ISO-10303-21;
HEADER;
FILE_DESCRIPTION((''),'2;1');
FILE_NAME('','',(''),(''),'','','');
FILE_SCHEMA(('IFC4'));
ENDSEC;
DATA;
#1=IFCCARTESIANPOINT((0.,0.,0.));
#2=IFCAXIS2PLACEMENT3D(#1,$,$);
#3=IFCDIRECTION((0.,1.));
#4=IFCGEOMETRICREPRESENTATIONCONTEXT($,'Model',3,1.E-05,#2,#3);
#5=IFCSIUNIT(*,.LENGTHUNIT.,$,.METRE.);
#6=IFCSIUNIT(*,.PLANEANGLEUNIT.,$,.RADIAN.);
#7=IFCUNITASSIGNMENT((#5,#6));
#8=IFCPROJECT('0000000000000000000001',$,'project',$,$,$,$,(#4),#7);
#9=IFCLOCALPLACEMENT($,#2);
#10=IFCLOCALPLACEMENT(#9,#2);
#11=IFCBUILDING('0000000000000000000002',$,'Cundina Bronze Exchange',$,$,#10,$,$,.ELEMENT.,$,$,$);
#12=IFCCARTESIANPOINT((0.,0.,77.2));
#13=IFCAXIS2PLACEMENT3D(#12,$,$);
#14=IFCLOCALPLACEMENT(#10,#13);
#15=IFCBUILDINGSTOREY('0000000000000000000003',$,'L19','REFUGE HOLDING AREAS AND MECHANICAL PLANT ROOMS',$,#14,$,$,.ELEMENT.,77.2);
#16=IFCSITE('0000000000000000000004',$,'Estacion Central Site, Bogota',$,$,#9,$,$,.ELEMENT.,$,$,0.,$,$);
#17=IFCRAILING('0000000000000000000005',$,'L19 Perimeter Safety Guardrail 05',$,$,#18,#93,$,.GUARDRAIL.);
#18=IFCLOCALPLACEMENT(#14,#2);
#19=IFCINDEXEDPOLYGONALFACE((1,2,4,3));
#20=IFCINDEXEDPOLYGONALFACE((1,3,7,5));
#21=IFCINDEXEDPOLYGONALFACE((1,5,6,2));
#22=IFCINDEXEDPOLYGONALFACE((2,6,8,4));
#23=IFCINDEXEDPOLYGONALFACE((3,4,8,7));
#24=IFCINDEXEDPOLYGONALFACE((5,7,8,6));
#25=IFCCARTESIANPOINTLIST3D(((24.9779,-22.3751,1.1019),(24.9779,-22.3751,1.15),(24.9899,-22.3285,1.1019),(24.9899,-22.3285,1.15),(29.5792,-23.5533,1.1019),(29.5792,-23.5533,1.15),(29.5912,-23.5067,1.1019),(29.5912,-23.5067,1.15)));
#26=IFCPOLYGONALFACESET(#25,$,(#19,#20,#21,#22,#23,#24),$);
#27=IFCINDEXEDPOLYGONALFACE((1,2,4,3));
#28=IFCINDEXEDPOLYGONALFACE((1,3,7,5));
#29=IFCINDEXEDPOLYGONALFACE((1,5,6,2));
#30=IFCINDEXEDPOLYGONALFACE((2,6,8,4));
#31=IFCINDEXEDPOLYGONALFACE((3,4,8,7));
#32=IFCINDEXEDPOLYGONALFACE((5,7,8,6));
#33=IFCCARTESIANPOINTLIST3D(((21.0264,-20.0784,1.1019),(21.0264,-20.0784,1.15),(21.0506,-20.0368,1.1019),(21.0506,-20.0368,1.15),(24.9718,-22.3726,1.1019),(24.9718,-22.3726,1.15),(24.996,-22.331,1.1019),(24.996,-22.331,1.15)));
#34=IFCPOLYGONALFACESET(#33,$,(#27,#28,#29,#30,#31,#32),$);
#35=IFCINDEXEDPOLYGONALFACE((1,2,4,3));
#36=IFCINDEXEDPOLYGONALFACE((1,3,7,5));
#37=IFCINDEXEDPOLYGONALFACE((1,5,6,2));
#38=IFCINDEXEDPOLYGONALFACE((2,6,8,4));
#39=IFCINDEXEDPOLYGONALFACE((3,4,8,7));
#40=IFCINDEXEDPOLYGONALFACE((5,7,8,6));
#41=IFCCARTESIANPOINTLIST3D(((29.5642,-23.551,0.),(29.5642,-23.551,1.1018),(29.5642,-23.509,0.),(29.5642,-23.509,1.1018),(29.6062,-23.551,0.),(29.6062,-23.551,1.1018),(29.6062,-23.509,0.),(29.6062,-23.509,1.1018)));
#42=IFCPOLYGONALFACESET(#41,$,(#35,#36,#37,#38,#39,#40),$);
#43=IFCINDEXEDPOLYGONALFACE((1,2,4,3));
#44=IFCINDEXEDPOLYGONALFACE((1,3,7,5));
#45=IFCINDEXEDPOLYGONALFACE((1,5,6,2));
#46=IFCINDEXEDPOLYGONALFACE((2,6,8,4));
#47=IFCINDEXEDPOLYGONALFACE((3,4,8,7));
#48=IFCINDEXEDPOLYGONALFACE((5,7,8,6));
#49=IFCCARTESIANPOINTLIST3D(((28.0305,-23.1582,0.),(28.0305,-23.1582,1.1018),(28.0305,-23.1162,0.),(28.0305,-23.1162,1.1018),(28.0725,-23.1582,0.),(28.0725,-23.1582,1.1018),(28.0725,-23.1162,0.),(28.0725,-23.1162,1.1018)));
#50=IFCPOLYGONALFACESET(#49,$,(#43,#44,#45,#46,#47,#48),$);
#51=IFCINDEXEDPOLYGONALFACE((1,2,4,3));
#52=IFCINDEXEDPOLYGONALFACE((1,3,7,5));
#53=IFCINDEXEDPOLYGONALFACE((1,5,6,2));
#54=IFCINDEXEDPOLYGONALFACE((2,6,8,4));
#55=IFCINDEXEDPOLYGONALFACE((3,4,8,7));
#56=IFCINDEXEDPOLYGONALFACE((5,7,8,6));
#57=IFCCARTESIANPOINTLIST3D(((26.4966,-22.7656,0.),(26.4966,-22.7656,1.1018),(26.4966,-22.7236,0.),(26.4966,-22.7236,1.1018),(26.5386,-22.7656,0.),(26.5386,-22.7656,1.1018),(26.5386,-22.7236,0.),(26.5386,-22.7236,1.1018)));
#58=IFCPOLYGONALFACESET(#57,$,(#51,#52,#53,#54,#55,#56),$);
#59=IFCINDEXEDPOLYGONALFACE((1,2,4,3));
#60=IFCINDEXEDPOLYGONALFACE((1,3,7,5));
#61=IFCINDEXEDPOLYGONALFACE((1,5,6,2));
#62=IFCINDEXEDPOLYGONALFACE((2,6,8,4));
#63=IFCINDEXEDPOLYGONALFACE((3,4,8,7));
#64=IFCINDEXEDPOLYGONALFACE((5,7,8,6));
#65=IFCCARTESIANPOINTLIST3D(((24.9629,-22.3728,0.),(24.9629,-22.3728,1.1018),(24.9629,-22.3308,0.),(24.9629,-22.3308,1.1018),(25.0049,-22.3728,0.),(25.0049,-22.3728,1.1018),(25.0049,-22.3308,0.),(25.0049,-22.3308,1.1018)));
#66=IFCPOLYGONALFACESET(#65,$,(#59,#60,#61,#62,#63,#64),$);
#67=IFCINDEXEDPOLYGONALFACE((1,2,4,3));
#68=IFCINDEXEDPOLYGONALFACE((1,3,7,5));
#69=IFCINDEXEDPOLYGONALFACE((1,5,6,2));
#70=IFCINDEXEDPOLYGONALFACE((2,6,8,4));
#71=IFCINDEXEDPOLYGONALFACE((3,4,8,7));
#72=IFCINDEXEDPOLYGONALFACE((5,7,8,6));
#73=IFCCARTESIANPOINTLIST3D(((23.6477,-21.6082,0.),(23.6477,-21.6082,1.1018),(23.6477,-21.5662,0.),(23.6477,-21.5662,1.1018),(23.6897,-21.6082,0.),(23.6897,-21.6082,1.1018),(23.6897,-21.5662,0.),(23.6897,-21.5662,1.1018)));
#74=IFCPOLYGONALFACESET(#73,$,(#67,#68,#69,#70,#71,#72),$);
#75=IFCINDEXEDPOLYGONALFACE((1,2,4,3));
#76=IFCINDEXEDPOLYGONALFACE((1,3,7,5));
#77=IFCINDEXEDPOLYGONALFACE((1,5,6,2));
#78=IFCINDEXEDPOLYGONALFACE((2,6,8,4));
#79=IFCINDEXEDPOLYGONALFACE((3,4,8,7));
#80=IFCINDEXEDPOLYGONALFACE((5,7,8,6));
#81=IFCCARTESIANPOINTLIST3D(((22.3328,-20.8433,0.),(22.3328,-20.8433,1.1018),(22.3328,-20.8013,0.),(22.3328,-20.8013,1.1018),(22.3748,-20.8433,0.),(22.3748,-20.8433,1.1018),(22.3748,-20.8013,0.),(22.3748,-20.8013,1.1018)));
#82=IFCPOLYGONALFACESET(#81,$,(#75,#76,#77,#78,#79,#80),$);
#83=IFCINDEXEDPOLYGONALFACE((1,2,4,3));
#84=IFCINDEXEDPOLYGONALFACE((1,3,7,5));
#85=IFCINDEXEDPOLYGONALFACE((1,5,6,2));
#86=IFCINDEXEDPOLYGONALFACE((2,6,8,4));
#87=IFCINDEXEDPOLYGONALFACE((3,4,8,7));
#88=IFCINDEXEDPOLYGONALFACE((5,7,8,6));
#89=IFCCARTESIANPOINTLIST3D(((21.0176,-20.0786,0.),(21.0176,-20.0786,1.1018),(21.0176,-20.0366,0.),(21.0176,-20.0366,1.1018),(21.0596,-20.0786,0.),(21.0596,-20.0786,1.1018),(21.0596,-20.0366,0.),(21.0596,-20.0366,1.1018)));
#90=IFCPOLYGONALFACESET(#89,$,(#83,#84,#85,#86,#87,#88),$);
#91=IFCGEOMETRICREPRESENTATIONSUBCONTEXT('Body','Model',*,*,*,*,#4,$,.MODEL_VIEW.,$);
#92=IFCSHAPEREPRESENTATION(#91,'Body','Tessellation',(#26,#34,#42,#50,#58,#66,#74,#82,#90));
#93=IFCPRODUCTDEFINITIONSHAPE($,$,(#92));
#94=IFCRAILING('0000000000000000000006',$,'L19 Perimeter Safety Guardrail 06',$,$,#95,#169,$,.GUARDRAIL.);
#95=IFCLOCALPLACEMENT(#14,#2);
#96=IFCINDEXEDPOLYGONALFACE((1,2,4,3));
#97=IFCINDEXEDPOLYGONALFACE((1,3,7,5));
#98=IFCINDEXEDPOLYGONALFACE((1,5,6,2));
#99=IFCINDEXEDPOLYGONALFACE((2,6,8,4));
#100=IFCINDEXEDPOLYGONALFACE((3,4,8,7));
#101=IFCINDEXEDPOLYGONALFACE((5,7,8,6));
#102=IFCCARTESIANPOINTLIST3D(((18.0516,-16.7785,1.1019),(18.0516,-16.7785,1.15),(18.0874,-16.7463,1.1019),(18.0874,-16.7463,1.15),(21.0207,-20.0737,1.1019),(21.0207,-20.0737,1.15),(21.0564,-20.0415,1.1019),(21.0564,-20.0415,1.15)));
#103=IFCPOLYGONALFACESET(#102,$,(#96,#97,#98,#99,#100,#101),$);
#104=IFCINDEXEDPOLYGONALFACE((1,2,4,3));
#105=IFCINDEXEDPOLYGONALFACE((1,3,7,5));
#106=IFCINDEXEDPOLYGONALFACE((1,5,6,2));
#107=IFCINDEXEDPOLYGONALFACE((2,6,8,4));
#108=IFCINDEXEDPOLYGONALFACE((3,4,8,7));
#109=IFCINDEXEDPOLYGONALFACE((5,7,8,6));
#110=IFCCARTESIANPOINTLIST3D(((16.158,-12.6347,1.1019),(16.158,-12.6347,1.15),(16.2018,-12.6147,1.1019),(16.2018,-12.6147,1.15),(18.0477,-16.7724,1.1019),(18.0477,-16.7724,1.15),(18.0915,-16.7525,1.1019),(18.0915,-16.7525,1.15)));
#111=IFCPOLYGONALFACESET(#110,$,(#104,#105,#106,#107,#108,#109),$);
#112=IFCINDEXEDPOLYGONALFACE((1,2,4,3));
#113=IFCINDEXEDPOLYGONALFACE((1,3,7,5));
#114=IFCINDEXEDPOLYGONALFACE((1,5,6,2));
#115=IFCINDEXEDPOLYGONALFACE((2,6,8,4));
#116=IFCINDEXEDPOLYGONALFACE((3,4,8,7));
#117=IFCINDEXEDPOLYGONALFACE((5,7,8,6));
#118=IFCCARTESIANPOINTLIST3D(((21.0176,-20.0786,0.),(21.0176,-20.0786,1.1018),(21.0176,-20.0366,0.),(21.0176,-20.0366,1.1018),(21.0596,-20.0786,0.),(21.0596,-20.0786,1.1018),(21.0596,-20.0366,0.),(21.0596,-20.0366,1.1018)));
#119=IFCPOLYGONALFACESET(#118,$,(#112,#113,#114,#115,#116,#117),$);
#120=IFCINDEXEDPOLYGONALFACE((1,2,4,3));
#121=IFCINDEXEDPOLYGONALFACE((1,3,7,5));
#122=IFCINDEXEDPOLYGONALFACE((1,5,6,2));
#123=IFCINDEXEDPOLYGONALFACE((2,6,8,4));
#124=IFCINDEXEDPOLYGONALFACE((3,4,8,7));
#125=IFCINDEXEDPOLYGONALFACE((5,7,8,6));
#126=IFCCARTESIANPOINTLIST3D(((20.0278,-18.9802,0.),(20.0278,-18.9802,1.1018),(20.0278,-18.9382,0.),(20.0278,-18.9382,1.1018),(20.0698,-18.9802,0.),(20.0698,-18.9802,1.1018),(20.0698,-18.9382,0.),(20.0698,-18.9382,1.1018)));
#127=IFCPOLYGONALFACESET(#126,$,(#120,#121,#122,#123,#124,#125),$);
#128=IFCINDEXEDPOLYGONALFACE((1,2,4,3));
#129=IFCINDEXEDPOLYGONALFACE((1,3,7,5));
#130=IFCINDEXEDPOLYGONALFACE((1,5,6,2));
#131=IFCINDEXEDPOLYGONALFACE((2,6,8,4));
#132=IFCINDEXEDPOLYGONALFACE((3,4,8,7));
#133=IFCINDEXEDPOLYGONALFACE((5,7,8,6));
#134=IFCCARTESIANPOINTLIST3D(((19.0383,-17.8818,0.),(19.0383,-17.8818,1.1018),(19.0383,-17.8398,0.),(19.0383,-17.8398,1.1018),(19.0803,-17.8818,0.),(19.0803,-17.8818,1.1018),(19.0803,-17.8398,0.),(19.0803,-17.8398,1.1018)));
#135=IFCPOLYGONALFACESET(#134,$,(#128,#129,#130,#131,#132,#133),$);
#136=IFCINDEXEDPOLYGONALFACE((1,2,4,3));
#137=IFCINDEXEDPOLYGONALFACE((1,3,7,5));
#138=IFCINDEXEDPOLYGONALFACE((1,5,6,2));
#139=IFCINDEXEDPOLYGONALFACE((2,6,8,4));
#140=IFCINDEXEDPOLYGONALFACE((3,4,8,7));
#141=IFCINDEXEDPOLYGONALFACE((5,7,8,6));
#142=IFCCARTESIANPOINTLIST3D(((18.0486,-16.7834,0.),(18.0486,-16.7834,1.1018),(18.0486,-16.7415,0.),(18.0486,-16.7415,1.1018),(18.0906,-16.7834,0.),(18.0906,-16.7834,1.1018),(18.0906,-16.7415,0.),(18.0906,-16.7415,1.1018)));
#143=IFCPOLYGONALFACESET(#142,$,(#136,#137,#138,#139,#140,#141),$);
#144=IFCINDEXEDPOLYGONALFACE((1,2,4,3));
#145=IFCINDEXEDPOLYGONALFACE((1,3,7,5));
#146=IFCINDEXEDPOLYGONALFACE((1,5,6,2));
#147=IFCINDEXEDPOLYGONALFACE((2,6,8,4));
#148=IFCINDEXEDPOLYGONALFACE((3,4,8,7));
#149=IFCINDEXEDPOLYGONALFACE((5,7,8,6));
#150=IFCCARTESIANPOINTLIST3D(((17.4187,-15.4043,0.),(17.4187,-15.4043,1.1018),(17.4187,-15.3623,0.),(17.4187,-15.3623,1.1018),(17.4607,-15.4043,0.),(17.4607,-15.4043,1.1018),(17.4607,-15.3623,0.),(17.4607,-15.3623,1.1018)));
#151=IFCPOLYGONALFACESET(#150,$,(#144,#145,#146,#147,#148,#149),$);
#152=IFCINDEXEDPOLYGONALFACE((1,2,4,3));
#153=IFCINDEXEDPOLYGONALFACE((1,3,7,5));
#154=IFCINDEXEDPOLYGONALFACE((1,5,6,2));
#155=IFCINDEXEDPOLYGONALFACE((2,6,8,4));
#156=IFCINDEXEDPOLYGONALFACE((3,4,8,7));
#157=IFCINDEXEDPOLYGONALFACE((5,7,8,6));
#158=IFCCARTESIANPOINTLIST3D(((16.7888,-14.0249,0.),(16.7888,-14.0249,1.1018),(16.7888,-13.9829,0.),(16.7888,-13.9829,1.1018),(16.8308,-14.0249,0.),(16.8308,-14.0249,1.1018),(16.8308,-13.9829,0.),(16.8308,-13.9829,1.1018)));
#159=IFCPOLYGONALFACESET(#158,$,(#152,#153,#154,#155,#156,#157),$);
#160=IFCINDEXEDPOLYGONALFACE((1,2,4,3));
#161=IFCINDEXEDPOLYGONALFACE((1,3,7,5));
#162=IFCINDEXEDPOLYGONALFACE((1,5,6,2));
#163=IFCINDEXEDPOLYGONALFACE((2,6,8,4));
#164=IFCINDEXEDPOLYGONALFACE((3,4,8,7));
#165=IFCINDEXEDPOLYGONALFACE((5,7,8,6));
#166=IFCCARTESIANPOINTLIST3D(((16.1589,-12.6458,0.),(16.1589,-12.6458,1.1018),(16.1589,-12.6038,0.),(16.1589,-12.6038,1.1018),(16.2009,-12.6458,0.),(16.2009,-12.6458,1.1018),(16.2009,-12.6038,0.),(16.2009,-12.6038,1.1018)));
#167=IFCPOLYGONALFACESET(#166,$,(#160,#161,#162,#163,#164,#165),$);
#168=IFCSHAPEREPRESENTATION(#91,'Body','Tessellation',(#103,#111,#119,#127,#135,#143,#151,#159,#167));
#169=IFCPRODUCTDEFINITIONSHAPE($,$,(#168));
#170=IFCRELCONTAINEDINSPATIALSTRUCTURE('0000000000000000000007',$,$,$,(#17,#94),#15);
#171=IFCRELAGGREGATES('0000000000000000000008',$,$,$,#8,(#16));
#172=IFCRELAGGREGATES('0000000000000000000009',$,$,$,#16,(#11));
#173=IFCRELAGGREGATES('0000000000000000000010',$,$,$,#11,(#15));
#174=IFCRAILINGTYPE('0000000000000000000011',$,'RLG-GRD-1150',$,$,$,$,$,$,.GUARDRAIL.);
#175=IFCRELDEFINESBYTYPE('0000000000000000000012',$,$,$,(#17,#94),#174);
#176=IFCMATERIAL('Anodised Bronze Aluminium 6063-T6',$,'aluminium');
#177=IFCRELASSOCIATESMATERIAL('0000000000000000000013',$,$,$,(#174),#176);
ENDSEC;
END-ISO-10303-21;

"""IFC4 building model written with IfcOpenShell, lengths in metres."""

from ifc_helpers import new_model, si_unit, direction, frame, origin, origin_2d, place, context, subcontext, project, spatial, rectangle, extrude, material, type_object, element, save


model = new_model("IFC4")

# Units and contexts
model_context = context("Model", 3, precision=1e-05, world=origin(), true_north=direction((0.0, 1.0)))
body_context = subcontext(model_context, "Body", "Model", "MODEL_VIEW")
ifc_project = project(units=[si_unit("LENGTHUNIT", "METRE"), si_unit("PLANEANGLEUNIT", "RADIAN")], contexts=[model_context])

# Site, building, storey
site_placement = place(None, origin())
site = spatial("IfcSite", under=ifc_project, at=site_placement, Name="Estacion Central Site, Bogota", CompositionType="ELEMENT", RefElevation=0.0)
building_placement = place(site_placement, origin())
building = spatial("IfcBuilding", under=site, at=building_placement, Name="Cundina Bronze Exchange", CompositionType="ELEMENT")
storey_placement = place(building_placement, frame((0.0, 0.0, 77.2)))
storey = spatial("IfcBuildingStorey", under=building, at=storey_placement, Name="L19", Description="REFUGE HOLDING AREAS AND MECHANICAL PLANT ROOMS", CompositionType="ELEMENT", Elevation=77.2)

# Railings
ifc_material_1 = material(Name="Anodised Bronze Aluminium 6063-T6", Category="aluminium")
railing_type = type_object("IfcRailingType", Name="RLG-GRD-1150", PredefinedType="GUARDRAIL", material=ifc_material_1)
railing_1_placement = place(storey_placement, frame((29.5852, -23.53, 0.0)))
element("IfcRailing", 1, at=railing_1_placement, inside=storey, type_object=railing_type, Name="L19 Perimeter Safety Guardrail 05", PredefinedType="GUARDRAIL", context=body_context, shape_type="SweptSolid", body=[
    extrude(rectangle(XDim=0.0481, YDim=0.0481, at=origin_2d()), frame((0.0, 0.0, 1.126), z_axis=(-0.968745, 0.248059, 0.0), x_axis=(-0.248059, -0.968745, 0.0)), (0.0, 0.0, 1.0), 4.7498),
    extrude(rectangle(XDim=0.0481, YDim=0.0481, at=origin_2d()), frame((-4.6013, 1.1782, 1.126), z_axis=(-0.864469, 0.502686, 0.0), x_axis=(-0.502686, -0.864469, 0.0)), (0.0, 0.0, 1.0), 4.564),
    extrude(rectangle(XDim=0.042, YDim=0.042, at=origin_2d()), origin(), (0.0, 0.0, 1.0), 1.1018),
    extrude(rectangle(XDim=0.042, YDim=0.042, at=origin_2d()), frame((-1.5337, 0.3928, 0.0)), (0.0, 0.0, 1.0), 1.1018),
    extrude(rectangle(XDim=0.042, YDim=0.042, at=origin_2d()), frame((-3.0676, 0.7854, 0.0)), (0.0, 0.0, 1.0), 1.1018),
    extrude(rectangle(XDim=0.042, YDim=0.042, at=origin_2d()), frame((-4.6013, 1.1782, 0.0)), (0.0, 0.0, 1.0), 1.1018),
    extrude(rectangle(XDim=0.042, YDim=0.042, at=origin_2d()), frame((-5.9165, 1.9429, 0.0)), (0.0, 0.0, 1.0), 1.1018),
    extrude(rectangle(XDim=0.042, YDim=0.042, at=origin_2d()), frame((-7.2314, 2.7078, 0.0)), (0.0, 0.0, 1.0), 1.1018),
    extrude(rectangle(XDim=0.042, YDim=0.042, at=origin_2d()), frame((-8.5466, 3.4724, 0.0)), (0.0, 0.0, 1.0), 1.1018),
])
railing_2_placement = place(storey_placement, frame((21.0386, -20.0576, 0.0)))
element("IfcRailing", 2, at=railing_2_placement, inside=storey, type_object=railing_type, Name="L19 Perimeter Safety Guardrail 06", PredefinedType="GUARDRAIL", context=body_context, shape_type="SweptSolid", body=[
    extrude(rectangle(XDim=0.0481, YDim=0.0481, at=origin_2d()), frame((0.0, 0.0, 1.126), z_axis=(-0.669381, 0.742919, 0.0), x_axis=(-0.742919, -0.669381, 0.0)), (0.0, 0.0, 1.0), 4.4355),
    extrude(rectangle(XDim=0.0481, YDim=0.0481, at=origin_2d()), frame((-2.969, 3.2952, 1.126), z_axis=(-0.41542, 0.90963, 0.0), x_axis=(-0.90963, -0.41542, 0.0)), (0.0, 0.0, 1.0), 4.5488),
    extrude(rectangle(XDim=0.042, YDim=0.042, at=origin_2d()), origin(), (0.0, 0.0, 1.0), 1.1018),
    extrude(rectangle(XDim=0.042, YDim=0.042, at=origin_2d()), frame((-0.9897, 1.0984, 0.0)), (0.0, 0.0, 1.0), 1.1018),
    extrude(rectangle(XDim=0.042, YDim=0.042, at=origin_2d()), frame((-1.9792, 2.1968, 0.0)), (0.0, 0.0, 1.0), 1.1018),
    extrude(rectangle(XDim=0.042, YDim=0.042, at=origin_2d()), frame((-2.969, 3.2952, 0.0)), (0.0, 0.0, 1.0), 1.1018),
    extrude(rectangle(XDim=0.042, YDim=0.042, at=origin_2d()), frame((-3.5989, 4.6743, 0.0)), (0.0, 0.0, 1.0), 1.1018),
    extrude(rectangle(XDim=0.042, YDim=0.042, at=origin_2d()), frame((-4.2288, 6.0537, 0.0)), (0.0, 0.0, 1.0), 1.1018),
    extrude(rectangle(XDim=0.042, YDim=0.042, at=origin_2d()), frame((-4.8586, 7.4329, 0.0)), (0.0, 0.0, 1.0), 1.1018),
])

save(model, "model.ifc")
